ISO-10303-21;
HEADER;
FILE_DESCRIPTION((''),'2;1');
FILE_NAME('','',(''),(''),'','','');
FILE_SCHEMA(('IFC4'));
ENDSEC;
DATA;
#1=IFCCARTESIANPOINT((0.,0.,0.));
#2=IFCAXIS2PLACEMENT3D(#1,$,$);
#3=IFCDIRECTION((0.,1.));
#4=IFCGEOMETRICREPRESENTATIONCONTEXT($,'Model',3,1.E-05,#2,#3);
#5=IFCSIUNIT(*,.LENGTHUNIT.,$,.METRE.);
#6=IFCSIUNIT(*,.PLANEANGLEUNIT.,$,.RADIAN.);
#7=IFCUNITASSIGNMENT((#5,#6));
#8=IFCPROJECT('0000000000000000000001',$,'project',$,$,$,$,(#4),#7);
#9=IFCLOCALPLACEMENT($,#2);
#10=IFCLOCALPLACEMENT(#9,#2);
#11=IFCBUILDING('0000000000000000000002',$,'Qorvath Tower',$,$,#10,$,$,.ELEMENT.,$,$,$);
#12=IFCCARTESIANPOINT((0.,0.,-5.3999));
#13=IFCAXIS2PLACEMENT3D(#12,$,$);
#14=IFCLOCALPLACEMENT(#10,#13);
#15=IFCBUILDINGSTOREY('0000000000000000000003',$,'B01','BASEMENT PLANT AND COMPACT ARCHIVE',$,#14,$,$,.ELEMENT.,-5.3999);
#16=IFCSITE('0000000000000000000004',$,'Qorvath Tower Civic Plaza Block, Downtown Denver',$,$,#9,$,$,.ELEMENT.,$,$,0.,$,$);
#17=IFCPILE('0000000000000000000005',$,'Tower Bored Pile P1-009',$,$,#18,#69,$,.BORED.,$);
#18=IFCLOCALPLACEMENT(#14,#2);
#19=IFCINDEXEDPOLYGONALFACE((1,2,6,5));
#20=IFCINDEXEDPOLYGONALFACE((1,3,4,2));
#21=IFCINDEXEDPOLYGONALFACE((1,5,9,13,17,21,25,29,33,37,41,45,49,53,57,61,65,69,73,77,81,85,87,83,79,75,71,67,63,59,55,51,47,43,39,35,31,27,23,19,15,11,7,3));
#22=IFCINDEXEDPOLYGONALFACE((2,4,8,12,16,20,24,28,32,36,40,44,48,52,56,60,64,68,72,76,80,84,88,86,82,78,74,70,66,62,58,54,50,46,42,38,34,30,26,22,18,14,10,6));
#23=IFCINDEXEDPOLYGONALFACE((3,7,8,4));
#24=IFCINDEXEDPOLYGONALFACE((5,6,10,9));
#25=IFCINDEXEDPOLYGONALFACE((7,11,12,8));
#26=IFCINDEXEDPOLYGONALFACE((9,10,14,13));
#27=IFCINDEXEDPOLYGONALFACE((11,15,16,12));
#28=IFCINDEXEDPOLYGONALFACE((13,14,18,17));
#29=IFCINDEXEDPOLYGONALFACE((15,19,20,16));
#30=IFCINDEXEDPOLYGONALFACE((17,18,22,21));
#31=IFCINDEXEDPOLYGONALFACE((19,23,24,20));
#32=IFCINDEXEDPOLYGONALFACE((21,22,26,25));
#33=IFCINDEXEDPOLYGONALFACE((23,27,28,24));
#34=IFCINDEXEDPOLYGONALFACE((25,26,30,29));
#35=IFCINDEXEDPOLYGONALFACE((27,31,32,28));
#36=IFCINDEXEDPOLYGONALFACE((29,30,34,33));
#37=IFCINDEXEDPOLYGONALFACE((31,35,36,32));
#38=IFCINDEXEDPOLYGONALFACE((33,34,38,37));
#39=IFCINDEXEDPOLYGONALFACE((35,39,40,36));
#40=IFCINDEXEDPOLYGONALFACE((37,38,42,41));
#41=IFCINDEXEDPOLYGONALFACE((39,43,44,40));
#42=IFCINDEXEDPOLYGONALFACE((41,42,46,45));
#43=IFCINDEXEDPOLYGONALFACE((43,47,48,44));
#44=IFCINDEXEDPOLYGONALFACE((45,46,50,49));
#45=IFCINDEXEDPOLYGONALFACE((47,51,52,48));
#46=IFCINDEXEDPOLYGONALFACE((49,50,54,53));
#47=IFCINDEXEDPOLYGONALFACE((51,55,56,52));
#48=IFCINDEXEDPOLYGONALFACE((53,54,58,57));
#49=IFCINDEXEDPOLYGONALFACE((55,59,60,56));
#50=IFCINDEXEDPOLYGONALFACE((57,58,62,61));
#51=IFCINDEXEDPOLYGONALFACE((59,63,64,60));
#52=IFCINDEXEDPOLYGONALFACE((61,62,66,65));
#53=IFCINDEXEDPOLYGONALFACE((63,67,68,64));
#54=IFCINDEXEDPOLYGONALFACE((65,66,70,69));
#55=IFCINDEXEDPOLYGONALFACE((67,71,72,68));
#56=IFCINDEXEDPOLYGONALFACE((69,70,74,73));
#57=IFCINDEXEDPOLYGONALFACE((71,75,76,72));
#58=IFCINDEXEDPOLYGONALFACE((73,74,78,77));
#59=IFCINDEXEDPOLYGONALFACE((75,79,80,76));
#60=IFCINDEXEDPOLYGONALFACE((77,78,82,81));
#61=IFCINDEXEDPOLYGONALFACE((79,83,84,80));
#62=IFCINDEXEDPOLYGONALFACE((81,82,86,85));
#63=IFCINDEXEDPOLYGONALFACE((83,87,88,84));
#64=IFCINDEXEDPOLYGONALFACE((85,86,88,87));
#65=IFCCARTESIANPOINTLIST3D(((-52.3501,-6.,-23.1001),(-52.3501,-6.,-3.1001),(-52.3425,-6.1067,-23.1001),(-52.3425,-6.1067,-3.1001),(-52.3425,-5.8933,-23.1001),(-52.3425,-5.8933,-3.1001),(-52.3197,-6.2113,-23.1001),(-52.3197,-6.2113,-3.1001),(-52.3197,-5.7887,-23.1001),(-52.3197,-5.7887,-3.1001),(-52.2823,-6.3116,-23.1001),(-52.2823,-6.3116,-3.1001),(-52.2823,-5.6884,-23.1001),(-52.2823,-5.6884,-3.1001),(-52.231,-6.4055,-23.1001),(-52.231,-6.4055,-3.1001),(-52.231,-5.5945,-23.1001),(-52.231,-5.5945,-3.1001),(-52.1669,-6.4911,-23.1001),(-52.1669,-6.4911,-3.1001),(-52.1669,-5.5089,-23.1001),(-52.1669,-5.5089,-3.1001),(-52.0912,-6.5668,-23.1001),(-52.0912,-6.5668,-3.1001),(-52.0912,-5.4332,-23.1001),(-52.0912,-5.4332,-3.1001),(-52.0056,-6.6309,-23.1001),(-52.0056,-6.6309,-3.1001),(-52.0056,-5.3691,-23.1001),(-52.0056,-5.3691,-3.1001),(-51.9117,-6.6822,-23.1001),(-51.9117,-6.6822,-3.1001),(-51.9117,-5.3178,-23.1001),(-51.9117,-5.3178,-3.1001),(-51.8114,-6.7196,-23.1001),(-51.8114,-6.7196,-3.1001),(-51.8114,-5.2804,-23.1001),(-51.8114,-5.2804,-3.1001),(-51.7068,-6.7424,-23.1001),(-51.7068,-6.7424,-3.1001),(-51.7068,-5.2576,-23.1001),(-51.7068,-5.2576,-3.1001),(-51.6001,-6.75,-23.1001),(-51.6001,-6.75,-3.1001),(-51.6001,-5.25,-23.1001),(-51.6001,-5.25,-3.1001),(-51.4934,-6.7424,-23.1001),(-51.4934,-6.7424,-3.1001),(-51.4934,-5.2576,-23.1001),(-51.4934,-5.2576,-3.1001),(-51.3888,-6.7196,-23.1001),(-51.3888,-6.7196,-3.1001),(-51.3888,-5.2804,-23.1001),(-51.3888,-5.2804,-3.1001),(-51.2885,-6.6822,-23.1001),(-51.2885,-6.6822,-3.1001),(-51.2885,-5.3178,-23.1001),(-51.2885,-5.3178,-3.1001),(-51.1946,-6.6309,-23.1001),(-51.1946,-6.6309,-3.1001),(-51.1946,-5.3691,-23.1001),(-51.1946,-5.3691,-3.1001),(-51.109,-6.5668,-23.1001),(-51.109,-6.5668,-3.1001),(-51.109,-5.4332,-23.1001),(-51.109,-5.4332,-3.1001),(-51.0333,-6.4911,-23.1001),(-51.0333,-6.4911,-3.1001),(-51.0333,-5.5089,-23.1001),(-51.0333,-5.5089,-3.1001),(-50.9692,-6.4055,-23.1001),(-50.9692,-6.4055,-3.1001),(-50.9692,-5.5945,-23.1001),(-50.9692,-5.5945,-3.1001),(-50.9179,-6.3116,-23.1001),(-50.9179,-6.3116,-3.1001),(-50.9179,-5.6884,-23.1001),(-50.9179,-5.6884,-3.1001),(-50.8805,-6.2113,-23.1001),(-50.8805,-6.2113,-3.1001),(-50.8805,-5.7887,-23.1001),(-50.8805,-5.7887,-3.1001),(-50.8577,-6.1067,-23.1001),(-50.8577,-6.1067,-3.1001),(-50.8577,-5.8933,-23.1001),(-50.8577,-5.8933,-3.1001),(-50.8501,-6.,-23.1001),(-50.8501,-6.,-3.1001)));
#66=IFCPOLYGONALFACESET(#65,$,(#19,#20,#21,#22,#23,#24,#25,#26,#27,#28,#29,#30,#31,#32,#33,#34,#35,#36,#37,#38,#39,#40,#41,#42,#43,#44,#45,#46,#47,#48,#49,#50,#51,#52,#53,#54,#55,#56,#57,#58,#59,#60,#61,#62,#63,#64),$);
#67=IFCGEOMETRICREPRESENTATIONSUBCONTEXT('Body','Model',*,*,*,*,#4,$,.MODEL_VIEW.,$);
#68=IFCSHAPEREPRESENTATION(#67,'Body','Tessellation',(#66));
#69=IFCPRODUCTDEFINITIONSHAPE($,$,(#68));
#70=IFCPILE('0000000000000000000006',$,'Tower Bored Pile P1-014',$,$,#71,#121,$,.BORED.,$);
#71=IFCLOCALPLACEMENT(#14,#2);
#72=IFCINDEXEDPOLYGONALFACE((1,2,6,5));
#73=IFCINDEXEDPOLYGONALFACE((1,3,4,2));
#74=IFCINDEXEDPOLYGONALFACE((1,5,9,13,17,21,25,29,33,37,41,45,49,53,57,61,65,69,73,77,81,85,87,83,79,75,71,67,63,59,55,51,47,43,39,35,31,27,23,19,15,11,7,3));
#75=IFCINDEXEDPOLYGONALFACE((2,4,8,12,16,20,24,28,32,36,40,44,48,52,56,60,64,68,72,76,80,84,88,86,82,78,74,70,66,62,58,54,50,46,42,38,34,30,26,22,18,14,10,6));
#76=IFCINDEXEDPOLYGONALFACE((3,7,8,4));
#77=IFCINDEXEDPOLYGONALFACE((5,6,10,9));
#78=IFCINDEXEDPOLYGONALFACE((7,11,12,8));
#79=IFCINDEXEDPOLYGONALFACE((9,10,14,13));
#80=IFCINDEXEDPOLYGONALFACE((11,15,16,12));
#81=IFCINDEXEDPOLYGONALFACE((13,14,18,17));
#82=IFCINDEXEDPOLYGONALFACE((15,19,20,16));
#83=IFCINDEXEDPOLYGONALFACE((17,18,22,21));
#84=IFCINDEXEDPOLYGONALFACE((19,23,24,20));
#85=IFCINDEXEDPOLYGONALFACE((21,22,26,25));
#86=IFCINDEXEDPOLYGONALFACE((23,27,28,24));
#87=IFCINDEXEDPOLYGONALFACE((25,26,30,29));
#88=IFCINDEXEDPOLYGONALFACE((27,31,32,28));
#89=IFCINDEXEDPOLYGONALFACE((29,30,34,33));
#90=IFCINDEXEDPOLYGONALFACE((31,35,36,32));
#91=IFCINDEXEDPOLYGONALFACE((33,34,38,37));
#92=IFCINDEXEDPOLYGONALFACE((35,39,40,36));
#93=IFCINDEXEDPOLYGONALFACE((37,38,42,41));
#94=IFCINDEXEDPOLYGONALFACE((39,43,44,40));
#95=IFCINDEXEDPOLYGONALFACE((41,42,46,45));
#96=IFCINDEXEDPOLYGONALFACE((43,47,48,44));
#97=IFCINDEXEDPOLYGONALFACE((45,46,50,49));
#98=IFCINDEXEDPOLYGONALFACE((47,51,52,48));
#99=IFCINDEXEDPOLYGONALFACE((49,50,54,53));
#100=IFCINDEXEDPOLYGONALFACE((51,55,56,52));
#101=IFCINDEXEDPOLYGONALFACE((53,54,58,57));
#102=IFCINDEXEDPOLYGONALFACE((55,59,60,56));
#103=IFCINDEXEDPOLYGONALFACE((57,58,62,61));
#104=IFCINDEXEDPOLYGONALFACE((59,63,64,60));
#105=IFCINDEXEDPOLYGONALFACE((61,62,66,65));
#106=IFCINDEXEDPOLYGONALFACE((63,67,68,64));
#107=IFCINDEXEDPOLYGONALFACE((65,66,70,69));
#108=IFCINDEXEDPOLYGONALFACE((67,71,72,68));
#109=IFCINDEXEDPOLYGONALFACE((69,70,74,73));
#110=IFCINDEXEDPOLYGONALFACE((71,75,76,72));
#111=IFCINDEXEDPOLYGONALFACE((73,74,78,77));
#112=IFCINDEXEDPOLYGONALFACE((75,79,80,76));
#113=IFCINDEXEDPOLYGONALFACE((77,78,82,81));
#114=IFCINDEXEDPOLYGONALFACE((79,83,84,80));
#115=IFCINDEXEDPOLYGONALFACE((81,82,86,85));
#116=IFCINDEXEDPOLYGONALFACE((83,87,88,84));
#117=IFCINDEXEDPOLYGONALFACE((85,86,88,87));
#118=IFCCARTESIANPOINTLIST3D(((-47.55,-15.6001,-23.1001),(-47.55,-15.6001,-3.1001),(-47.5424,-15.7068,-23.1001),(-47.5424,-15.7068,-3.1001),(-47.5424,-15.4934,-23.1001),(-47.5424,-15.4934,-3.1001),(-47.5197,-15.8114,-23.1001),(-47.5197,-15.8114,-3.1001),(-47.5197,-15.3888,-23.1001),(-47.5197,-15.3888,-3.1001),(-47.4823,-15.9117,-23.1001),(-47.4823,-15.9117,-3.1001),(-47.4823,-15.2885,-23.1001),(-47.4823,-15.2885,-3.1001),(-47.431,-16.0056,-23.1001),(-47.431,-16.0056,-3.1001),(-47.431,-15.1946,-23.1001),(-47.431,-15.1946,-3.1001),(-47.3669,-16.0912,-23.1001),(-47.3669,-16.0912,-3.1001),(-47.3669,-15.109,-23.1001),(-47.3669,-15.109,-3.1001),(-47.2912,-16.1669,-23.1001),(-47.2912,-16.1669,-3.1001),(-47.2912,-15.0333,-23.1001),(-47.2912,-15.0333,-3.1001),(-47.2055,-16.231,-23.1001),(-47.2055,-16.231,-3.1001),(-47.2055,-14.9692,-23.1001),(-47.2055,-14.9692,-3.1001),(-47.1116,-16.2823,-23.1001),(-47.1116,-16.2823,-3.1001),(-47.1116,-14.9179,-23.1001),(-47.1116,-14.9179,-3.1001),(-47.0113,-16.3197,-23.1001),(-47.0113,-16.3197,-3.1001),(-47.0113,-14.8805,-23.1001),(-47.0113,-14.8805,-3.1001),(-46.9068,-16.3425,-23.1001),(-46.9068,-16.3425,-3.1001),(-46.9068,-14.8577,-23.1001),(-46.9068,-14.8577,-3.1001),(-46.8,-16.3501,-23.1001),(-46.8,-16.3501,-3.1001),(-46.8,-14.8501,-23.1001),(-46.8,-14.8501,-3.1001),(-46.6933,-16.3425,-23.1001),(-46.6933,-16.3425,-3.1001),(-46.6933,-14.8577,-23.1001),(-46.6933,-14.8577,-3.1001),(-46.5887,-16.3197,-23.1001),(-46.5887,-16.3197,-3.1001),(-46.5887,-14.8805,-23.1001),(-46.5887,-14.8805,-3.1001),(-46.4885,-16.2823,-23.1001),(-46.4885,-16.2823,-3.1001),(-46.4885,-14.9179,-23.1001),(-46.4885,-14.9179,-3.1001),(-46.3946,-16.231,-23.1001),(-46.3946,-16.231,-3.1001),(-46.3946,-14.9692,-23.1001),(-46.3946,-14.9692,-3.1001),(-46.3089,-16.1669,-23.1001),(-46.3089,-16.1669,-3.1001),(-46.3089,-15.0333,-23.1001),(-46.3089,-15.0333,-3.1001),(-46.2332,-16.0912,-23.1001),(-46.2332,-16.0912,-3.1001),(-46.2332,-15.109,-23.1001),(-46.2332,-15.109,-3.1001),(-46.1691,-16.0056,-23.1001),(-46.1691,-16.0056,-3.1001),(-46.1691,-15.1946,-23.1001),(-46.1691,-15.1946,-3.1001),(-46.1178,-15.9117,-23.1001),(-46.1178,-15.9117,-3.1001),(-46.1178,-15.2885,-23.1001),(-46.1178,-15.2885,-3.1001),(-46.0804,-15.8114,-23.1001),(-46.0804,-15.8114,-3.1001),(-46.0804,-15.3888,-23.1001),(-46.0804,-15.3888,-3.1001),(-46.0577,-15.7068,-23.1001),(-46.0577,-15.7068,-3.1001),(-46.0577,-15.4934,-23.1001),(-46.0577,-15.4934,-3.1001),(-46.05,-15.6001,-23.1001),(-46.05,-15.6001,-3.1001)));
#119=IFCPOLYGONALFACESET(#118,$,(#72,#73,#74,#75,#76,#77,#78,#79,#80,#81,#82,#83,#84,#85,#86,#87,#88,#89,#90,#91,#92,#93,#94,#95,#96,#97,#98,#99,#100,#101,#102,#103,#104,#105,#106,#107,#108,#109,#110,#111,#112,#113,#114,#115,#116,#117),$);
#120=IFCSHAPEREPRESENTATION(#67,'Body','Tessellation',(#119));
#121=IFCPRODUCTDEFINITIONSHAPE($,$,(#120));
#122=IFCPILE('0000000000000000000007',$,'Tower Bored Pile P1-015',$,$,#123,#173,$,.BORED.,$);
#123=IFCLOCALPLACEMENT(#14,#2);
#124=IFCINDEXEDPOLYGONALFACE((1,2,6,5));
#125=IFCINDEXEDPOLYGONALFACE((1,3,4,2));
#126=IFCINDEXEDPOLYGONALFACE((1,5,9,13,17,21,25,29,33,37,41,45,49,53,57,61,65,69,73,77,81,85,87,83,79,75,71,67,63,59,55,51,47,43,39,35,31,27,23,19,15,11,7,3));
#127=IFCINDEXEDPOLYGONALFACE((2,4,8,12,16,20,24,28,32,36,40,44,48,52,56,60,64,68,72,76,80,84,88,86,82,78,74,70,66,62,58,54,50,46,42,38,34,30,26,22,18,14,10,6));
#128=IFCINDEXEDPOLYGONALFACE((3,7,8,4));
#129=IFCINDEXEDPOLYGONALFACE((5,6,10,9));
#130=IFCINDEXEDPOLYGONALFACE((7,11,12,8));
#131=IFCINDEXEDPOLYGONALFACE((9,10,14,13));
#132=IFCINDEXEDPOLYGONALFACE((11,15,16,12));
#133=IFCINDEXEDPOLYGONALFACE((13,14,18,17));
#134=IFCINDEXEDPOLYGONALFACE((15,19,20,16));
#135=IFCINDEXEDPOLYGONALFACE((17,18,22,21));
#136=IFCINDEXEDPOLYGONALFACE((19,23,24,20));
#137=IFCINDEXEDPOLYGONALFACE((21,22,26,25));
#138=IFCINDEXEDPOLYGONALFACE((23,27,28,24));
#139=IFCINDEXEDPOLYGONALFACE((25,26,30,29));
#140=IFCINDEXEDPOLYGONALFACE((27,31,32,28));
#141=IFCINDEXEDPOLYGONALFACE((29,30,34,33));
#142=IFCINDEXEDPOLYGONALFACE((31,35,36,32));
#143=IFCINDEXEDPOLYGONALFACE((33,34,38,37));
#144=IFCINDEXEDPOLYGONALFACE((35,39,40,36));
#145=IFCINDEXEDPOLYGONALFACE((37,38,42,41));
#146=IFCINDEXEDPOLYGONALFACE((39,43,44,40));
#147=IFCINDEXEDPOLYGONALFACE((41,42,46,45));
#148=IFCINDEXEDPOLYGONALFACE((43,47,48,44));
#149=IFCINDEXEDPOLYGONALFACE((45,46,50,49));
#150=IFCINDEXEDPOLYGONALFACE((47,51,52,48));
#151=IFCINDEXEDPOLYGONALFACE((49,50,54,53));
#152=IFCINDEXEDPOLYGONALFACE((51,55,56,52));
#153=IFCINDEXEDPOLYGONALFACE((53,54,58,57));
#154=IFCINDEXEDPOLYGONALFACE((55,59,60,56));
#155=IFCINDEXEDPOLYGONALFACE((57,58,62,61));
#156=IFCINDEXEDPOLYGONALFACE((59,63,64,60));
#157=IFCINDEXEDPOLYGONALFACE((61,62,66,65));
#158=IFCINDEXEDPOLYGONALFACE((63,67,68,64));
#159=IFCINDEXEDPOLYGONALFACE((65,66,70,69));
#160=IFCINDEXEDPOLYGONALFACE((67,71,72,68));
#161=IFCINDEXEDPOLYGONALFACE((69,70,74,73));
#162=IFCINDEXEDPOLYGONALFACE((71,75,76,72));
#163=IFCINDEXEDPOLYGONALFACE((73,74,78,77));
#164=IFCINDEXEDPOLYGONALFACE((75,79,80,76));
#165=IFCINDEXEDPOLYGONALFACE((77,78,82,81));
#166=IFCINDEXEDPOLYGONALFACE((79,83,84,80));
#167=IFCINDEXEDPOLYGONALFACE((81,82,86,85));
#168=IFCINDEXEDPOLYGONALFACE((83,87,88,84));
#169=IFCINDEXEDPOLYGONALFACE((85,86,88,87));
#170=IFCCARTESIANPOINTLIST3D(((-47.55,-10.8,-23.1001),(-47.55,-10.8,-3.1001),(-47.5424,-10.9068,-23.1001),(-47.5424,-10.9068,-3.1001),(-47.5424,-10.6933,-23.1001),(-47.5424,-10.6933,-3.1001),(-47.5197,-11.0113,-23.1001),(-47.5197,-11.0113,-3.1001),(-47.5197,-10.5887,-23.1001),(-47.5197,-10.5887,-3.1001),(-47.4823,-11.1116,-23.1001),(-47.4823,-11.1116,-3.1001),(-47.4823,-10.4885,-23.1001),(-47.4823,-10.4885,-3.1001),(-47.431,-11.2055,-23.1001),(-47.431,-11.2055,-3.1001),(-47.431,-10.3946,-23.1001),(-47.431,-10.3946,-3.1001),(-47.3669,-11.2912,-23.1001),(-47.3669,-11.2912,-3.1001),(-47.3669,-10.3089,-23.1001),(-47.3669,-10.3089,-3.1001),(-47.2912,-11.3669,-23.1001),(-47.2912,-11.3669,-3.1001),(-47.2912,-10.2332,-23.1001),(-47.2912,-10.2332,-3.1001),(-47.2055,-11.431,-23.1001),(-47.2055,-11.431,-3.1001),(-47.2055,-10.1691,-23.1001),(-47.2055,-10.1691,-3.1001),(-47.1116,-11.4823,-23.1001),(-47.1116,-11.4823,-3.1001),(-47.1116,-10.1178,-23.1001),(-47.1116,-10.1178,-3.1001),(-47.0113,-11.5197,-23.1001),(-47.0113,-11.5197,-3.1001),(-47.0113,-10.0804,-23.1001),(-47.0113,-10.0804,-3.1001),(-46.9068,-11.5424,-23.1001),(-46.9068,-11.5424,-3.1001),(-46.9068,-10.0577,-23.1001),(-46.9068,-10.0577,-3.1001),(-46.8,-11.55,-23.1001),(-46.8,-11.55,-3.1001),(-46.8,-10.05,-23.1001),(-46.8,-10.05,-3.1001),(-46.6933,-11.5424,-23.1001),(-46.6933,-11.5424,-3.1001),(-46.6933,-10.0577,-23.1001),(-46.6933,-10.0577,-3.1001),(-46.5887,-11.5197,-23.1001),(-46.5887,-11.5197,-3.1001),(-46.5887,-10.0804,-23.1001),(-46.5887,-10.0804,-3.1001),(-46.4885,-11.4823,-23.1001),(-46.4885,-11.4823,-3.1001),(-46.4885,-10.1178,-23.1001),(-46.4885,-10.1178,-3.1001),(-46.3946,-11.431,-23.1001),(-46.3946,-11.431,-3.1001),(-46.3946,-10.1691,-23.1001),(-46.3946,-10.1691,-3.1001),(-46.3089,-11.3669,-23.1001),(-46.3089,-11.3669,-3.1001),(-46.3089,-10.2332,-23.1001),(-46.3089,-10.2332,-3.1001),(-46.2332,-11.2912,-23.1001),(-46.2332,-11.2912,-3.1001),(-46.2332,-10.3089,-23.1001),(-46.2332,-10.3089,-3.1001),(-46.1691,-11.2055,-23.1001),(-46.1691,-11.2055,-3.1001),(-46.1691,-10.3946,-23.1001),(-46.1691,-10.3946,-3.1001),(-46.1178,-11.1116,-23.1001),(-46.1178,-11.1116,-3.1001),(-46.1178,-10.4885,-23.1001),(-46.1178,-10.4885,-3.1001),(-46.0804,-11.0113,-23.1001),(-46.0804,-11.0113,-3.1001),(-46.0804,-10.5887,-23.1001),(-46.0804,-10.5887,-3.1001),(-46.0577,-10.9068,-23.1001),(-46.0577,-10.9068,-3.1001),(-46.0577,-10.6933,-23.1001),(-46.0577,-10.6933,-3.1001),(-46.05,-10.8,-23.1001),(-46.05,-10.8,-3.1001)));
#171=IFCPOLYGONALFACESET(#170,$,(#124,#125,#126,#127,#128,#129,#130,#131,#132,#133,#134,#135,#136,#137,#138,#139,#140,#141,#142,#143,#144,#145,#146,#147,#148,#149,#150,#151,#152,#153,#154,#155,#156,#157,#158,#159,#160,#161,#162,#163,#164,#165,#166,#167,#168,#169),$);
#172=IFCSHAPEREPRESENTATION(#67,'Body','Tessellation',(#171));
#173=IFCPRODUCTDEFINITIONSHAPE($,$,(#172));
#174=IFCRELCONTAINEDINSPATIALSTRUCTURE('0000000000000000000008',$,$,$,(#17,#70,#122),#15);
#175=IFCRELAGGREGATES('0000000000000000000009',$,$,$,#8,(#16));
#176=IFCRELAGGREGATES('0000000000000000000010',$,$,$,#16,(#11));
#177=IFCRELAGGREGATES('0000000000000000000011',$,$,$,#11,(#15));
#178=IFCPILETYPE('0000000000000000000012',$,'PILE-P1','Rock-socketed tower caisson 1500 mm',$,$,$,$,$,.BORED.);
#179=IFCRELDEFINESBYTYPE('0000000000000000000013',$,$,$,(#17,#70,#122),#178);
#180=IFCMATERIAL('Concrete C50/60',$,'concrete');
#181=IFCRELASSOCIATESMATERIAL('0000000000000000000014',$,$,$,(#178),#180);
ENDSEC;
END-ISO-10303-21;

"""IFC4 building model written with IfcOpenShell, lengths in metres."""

from ifc_helpers import new_model, si_unit, direction, frame, origin, origin_2d, place, context, subcontext, project, spatial, circle, extrude, material, material_profile, profile_set, type_object, element, save


model = new_model("IFC4")

# Units and contexts
model_context = context("Model", 3, precision=1e-05, world=origin(), true_north=direction((0.0, 1.0)))
body_context = subcontext(model_context, "Body", "Model", "MODEL_VIEW")
ifc_project = project(units=[si_unit("LENGTHUNIT", "METRE"), si_unit("PLANEANGLEUNIT", "RADIAN")], contexts=[model_context])

# Site, building, storey
site_placement = place(None, origin())
site = spatial("IfcSite", under=ifc_project, at=site_placement, Name="Qorvath Tower Civic Plaza Block, Downtown Denver", CompositionType="ELEMENT", RefElevation=0.0)
building_placement = place(site_placement, origin())
building = spatial("IfcBuilding", under=site, at=building_placement, Name="Qorvath Tower", CompositionType="ELEMENT")
storey_placement = place(building_placement, frame((0.0, 0.0, -5.3999)))
storey = spatial("IfcBuildingStorey", under=building, at=storey_placement, Name="B01", Description="BASEMENT PLANT AND COMPACT ARCHIVE", CompositionType="ELEMENT", Elevation=-5.3999)

# Piles
ifc_material_1 = material(Name="Concrete C50/60", Category="concrete")
ifc_material_profile_1 = material_profile(ifc_material_1, circle(Radius=0.75, at=origin_2d()), Name="BORED PILE 1500")
ifc_profile_set_1 = profile_set([ifc_material_profile_1], Name="Concrete C50/60")
pile_type = type_object("IfcPileType", Name="PILE-P1", Description="Rock-socketed tower caisson 1500 mm", PredefinedType="BORED", material=ifc_profile_set_1)
for number, where, z_axis, x_axis, name in (
    (1, (-51.6001, -6.0, -3.1001), (0.0, 0.0, -1.0), (1.0, 0.0, 0.0), "Tower Bored Pile P1-009"),
    (2, (-46.8, -15.6001, -3.1001), (0.0, 0.0, -1.0), (1.0, 0.0, 0.0), "Tower Bored Pile P1-014"),
    (3, (-46.8, -10.8, -3.1001), (0.0, 0.0, -1.0), (1.0, 0.0, 0.0), "Tower Bored Pile P1-015"),
):
    element("IfcPile", number, at=place(storey_placement, frame(where, z_axis=z_axis, x_axis=x_axis)), inside=storey, type_object=pile_type, Name=name, PredefinedType="BORED", context=body_context, shape_type="SweptSolid", body=[
        extrude(circle(Radius=0.75, at=origin_2d()), origin(), (0.0, 0.0, 1.0), 20.0),
    ])

save(model, "model.ifc")
